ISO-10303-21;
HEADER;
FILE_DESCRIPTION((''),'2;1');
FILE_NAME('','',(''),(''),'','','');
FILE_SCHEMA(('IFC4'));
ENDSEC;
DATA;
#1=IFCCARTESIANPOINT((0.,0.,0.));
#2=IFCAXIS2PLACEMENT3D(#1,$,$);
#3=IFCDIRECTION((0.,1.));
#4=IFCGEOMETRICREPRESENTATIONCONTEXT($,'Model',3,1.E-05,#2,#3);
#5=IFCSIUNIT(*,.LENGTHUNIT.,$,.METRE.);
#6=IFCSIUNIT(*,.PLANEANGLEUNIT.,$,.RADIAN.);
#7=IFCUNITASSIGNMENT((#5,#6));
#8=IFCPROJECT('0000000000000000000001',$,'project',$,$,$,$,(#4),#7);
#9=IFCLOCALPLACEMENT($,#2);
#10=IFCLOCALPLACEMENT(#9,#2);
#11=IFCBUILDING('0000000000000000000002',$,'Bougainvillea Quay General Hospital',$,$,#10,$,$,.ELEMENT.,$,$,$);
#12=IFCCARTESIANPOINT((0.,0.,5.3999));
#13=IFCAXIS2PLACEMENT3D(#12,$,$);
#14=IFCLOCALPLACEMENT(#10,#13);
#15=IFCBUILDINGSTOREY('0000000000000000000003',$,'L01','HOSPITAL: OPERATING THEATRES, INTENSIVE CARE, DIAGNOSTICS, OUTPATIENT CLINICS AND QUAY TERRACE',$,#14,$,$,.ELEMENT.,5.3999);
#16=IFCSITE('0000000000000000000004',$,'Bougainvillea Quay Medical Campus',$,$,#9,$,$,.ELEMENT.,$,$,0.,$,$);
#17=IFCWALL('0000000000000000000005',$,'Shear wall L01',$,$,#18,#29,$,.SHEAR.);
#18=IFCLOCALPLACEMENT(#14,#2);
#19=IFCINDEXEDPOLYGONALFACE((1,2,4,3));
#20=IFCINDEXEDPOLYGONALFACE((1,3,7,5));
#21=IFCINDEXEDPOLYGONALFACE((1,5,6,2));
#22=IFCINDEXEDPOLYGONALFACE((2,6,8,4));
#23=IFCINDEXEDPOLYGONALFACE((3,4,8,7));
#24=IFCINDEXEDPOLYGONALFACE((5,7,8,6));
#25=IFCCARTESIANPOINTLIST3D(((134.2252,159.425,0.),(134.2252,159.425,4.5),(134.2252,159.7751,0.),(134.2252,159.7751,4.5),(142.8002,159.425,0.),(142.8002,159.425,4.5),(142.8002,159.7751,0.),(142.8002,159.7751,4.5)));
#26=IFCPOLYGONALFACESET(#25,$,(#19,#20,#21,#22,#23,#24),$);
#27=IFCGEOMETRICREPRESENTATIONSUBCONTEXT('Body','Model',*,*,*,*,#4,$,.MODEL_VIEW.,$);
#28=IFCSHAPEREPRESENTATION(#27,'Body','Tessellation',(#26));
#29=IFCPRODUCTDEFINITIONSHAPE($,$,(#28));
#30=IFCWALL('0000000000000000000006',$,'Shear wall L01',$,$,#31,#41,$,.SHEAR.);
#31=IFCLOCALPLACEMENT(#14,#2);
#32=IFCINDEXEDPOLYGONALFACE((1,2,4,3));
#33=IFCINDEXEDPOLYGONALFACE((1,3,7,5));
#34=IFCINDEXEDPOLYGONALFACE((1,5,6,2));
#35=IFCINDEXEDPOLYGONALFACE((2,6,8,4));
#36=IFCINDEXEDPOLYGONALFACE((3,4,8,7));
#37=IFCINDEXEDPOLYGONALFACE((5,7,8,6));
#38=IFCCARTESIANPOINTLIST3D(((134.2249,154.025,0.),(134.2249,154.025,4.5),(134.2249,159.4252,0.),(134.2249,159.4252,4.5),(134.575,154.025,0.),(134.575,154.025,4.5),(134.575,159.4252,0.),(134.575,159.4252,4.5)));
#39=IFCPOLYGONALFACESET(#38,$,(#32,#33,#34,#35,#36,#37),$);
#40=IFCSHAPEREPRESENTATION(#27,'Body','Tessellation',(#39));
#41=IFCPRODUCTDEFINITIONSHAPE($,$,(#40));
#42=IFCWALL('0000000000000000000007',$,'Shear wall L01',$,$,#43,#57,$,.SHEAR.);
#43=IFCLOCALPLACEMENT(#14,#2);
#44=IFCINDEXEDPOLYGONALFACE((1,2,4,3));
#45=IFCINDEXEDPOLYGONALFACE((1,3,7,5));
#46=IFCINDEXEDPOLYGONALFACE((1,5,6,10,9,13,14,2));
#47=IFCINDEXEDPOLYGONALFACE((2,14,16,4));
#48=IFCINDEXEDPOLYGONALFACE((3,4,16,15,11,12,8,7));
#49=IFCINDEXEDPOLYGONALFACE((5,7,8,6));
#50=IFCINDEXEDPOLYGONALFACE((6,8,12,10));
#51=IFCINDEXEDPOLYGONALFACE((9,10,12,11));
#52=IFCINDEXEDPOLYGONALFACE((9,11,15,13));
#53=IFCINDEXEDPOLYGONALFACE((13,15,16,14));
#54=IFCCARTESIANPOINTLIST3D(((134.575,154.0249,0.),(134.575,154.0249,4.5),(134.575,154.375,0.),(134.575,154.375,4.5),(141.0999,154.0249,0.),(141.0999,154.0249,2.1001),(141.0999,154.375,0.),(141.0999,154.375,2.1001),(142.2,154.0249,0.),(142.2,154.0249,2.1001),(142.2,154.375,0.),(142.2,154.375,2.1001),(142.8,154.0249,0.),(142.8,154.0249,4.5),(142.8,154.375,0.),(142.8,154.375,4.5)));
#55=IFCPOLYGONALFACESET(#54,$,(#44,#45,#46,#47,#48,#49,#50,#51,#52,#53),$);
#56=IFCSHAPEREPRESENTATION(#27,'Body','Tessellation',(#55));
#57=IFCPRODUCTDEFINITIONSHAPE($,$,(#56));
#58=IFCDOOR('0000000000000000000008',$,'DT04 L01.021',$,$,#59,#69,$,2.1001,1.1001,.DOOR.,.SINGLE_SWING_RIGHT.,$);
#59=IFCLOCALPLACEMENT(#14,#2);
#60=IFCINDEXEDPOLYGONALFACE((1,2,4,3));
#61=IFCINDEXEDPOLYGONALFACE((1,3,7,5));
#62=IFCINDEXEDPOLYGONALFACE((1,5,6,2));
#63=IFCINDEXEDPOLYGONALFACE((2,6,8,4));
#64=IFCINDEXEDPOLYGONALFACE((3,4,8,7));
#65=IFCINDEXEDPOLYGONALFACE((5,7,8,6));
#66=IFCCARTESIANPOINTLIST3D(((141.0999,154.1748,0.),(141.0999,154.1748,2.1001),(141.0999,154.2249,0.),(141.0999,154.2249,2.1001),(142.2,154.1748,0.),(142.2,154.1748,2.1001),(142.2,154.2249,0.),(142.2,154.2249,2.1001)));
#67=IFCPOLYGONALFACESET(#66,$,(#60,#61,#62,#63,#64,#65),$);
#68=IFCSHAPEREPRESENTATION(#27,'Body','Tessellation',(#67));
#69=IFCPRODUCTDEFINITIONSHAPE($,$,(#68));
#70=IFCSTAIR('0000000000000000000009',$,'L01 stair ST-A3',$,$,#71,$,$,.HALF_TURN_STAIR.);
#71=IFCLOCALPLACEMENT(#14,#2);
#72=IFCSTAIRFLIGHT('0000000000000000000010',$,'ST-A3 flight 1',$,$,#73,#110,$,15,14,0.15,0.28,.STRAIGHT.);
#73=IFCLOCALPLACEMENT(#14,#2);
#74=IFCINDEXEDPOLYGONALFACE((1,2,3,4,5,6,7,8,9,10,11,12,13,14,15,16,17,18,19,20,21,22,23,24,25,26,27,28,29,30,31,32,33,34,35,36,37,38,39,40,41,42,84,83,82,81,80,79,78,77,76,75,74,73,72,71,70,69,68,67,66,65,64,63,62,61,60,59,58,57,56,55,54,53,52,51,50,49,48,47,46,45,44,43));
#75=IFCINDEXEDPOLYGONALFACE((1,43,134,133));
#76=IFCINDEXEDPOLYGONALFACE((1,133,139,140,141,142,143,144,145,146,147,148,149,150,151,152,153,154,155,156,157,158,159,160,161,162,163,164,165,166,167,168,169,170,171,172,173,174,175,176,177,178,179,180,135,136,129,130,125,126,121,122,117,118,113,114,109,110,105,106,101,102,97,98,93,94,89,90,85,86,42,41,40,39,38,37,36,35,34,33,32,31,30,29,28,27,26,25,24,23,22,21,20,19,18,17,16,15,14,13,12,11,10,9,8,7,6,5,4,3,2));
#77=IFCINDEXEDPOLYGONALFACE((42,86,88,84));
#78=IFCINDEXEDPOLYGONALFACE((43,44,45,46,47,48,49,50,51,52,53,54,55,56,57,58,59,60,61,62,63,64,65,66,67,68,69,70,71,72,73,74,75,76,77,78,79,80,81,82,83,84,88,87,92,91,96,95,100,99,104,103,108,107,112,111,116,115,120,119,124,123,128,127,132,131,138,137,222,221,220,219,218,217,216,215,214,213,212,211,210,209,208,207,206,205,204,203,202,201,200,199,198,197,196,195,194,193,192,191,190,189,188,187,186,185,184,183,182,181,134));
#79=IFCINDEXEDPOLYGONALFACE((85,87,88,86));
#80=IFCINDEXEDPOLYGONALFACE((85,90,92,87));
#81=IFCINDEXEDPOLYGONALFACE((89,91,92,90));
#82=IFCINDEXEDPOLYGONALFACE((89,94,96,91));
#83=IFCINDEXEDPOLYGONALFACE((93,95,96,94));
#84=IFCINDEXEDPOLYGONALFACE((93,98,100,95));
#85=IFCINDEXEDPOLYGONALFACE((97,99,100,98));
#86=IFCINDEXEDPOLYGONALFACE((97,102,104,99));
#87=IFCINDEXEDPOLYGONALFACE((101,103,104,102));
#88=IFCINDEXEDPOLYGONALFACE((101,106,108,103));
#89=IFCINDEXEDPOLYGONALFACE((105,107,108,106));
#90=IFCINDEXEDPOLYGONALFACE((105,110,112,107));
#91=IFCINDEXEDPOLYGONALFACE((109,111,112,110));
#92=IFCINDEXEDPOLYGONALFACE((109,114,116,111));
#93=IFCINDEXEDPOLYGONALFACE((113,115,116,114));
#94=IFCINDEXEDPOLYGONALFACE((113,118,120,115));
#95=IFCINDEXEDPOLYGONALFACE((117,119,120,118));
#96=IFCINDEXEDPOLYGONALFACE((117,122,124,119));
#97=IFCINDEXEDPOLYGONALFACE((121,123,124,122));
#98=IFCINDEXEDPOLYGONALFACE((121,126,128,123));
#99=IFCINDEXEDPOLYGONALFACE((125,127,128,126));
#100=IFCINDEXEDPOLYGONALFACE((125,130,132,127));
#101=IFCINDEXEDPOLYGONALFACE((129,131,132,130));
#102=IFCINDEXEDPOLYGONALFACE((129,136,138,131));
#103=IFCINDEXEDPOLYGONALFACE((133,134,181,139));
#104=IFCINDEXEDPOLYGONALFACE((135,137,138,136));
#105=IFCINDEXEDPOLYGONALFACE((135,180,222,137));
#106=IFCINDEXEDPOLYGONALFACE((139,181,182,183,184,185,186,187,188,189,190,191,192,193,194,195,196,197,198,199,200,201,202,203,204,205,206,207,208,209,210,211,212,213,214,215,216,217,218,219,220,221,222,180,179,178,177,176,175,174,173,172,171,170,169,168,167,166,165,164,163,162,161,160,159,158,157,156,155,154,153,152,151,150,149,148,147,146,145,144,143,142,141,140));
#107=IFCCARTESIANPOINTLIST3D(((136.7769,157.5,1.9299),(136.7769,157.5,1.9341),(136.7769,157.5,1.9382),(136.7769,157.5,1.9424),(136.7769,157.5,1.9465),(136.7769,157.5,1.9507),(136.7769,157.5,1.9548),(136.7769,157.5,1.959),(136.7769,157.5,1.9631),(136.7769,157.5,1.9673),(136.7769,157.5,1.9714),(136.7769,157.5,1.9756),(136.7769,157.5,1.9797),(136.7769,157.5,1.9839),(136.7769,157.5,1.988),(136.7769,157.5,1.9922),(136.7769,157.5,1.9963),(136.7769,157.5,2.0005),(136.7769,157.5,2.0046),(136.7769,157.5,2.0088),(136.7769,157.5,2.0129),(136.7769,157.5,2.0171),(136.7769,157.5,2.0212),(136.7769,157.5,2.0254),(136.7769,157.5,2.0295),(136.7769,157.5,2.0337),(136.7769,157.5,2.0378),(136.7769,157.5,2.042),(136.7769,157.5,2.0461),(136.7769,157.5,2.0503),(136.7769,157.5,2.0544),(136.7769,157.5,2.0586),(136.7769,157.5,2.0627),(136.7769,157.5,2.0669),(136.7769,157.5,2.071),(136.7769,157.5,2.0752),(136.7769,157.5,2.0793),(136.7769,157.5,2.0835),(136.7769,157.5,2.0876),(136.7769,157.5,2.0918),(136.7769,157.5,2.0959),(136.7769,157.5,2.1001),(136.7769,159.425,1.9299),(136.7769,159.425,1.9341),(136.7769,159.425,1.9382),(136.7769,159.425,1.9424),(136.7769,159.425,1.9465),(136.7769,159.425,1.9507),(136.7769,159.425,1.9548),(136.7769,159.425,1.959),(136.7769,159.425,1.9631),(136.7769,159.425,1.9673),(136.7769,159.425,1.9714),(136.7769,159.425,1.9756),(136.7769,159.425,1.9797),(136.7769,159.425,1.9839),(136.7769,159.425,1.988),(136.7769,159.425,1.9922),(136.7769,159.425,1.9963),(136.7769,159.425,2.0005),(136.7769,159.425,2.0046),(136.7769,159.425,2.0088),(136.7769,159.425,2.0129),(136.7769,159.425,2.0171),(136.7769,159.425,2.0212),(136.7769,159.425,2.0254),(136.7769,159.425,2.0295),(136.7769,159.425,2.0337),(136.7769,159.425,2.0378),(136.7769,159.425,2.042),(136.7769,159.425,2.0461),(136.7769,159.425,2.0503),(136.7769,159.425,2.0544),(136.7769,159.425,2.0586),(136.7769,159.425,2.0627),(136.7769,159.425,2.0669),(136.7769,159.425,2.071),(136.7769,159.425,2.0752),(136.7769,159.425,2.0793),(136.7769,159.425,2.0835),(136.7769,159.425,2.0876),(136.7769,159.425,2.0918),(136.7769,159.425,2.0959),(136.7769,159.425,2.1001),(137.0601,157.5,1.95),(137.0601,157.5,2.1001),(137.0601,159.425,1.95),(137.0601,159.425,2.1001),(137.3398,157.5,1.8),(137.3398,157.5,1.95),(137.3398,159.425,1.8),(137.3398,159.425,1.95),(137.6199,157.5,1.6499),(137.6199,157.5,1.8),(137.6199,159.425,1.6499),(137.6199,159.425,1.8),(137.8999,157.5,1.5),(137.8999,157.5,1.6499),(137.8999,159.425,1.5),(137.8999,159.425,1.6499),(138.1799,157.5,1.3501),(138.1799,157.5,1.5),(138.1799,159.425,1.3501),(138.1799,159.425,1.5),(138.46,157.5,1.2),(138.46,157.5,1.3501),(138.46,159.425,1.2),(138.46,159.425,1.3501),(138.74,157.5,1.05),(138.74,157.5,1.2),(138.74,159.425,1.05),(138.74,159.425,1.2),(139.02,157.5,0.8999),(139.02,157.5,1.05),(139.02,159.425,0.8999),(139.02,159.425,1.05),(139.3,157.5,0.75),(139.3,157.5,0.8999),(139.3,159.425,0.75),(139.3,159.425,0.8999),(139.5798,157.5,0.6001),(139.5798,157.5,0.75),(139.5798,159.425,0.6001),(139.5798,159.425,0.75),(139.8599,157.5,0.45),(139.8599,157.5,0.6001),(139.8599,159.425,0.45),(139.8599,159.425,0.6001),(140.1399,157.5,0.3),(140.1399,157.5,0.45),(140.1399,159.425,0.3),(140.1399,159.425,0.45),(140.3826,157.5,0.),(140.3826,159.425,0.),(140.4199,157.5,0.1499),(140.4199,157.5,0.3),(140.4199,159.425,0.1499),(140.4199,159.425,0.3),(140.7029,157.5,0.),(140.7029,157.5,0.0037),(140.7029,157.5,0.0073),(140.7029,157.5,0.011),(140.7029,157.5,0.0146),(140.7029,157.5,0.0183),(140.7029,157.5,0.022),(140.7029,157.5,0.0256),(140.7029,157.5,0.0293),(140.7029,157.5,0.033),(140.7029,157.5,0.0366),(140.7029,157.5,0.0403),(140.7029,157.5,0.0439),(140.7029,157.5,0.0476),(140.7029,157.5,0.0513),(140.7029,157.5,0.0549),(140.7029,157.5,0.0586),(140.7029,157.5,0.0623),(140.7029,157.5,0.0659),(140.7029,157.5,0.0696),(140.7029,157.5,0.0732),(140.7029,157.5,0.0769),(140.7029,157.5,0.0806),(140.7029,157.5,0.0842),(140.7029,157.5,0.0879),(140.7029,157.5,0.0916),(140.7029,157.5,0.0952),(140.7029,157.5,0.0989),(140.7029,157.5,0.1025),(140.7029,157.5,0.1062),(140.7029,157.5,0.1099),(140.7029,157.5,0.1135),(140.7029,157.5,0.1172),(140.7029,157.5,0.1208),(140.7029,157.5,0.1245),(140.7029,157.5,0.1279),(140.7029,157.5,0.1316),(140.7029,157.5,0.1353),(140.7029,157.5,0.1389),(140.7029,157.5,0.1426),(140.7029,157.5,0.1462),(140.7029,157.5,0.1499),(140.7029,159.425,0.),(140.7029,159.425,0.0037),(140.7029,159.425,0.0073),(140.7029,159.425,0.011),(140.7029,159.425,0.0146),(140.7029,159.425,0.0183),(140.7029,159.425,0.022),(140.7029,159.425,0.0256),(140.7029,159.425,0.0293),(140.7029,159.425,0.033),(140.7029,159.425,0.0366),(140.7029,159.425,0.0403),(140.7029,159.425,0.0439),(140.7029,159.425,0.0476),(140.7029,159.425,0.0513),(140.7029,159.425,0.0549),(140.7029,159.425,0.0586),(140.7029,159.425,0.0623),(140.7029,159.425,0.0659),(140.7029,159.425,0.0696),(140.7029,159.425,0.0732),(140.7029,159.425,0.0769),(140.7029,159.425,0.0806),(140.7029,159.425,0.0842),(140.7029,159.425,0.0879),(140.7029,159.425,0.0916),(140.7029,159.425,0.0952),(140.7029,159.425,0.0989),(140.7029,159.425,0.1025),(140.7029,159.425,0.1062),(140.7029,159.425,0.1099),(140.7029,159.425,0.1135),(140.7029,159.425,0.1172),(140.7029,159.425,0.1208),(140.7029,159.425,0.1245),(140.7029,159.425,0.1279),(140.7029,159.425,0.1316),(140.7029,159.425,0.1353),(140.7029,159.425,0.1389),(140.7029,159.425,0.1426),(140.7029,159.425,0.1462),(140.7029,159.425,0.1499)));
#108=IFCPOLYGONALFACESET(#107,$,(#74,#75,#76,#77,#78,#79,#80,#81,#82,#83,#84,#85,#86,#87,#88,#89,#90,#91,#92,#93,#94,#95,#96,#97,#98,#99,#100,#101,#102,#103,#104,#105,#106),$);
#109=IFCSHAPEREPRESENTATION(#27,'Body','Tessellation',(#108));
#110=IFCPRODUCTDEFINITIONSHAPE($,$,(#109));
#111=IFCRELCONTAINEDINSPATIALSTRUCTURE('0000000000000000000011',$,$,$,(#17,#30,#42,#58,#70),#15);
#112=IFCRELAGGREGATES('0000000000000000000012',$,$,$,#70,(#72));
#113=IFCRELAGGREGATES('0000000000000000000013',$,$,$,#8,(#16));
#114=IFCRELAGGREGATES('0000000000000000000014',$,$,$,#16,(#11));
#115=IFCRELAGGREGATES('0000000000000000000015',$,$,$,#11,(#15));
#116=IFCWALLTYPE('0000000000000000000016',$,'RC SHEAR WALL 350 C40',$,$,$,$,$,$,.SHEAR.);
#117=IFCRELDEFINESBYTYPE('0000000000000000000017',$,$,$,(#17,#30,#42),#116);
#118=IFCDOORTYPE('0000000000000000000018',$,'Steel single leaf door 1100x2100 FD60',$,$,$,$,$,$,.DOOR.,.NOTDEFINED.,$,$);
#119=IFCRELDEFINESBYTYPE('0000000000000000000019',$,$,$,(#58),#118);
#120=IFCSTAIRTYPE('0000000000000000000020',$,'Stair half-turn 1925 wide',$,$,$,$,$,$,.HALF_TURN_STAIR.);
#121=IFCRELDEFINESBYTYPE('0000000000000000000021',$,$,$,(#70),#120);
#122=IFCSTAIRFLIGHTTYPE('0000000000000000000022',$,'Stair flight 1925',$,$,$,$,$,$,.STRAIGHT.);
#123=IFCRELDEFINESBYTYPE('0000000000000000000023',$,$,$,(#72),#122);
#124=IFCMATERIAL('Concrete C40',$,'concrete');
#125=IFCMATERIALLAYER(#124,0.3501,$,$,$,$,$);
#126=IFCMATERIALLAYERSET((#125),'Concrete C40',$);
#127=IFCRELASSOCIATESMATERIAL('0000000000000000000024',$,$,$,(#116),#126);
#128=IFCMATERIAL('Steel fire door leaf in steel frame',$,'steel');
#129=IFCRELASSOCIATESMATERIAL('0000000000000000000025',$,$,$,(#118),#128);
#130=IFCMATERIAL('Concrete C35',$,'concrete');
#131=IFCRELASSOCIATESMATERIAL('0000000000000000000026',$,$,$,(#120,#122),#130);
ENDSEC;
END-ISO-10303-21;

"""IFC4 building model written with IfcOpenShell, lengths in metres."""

from ifc_helpers import new_model, si_unit, direction, frame, frame_2d, origin, place, context, subcontext, project, spatial, polyline, rectangle, outline, extrude, material, layer, layer_set, type_object, element, fill, aggregate, save


model = new_model("IFC4")

# Units and contexts
model_context = context("Model", 3, precision=1e-05, world=origin(), true_north=direction((0.0, 1.0)))
body_context = subcontext(model_context, "Body", "Model", "MODEL_VIEW")
ifc_project = project(units=[si_unit("LENGTHUNIT", "METRE"), si_unit("PLANEANGLEUNIT", "RADIAN")], contexts=[model_context])

# Site, building, storey
site_placement = place(None, origin())
site = spatial("IfcSite", under=ifc_project, at=site_placement, Name="Bougainvillea Quay Medical Campus", CompositionType="ELEMENT", RefElevation=0.0)
building_placement = place(site_placement, origin())
building = spatial("IfcBuilding", under=site, at=building_placement, Name="Bougainvillea Quay General Hospital", CompositionType="ELEMENT")
storey_placement = place(building_placement, frame((0.0, 0.0, 5.3999)))
storey = spatial("IfcBuildingStorey", under=building, at=storey_placement, Name="L01", Description="HOSPITAL: OPERATING THEATRES, INTENSIVE CARE, DIAGNOSTICS, OUTPATIENT CLINICS AND QUAY TERRACE", CompositionType="ELEMENT", Elevation=5.3999)

# Shared definitions
ifc_material_1 = material(Name="Concrete C40", Category="concrete")

# Walls
ifc_layer_1 = layer(ifc_material_1, 0.3501)
ifc_layer_set_1 = layer_set([ifc_layer_1], Name="Concrete C40")
wall_type_1 = type_object("IfcWallType", Name="RC SHEAR WALL 350 C40", PredefinedType="SHEAR", material=ifc_layer_set_1)
wall_1_placement = place(storey_placement, frame((134.2251, 159.6001, 0.0), z_axis=(0.0, 0.0, 1.0), x_axis=(1.0, 0.0, 0.0)))
element("IfcWall", 1, at=wall_1_placement, inside=storey, type_object=wall_type_1, Name="Shear wall L01", PredefinedType="SHEAR", context=body_context, shape_type="SweptSolid", body=[
    extrude(rectangle(XDim=8.575, YDim=0.3501, at=frame_2d((4.2876, 0.0))), origin(), (0.0, 0.0, 1.0), 4.5),
])
wall_2_placement = place(storey_placement, frame((134.3999, 154.0249, 0.0), z_axis=(0.0, 0.0, 1.0), x_axis=(0.0, 1.0, 0.0)))
element("IfcWall", 2, at=wall_2_placement, inside=storey, type_object=wall_type_1, Name="Shear wall L01", PredefinedType="SHEAR", context=body_context, shape_type="SweptSolid", body=[
    extrude(rectangle(XDim=5.4001, YDim=0.3501, at=frame_2d((2.7002, 0.0))), origin(), (0.0, 0.0, 1.0), 4.5),
])

# Wall, opening, door
wall_3_placement = place(storey_placement, frame((134.575, 154.2, 0.0), z_axis=(0.0, 0.0, 1.0), x_axis=(1.0, 0.0, 0.0)))
wall_3 = element("IfcWall", 3, at=wall_3_placement, inside=storey, type_object=wall_type_1, Name="Shear wall L01", PredefinedType="SHEAR", context=body_context, shape_type="SweptSolid", body=[
    extrude(rectangle(XDim=8.2251, YDim=0.3501, at=frame_2d((4.1125, 0.0))), origin(), (0.0, 0.0, 1.0), 4.5),
])
opening_1_placement = place(wall_3_placement, frame((6.5249, 0.0, 0.0)))
opening_1 = element("IfcOpeningElement", 4, at=opening_1_placement, cuts=wall_3, PredefinedType="OPENING", context=body_context, shape_type="SweptSolid", body=[
    extrude(rectangle(XDim=1.1001, YDim=2.1001, at=frame_2d((0.55, 1.05))), frame((0.0, 0.1851, 0.0), z_axis=(0.0, -1.0, 0.0), x_axis=(1.0, 0.0, 0.0)), (0.0, 0.0, 1.0), 0.3701),
])
ifc_material_2 = material(Name="Steel fire door leaf in steel frame", Category="steel")
door_type = type_object("IfcDoorType", Name="Steel single leaf door 1100x2100 FD60", OperationType="NOTDEFINED", PredefinedType="DOOR", material=ifc_material_2)
door_placement = place(opening_1_placement, origin())
door = element("IfcDoor", 5, at=door_placement, inside=storey, type_object=door_type, Name="DT04 L01.021", OperationType="SINGLE_SWING_RIGHT", OverallHeight=2.1001, OverallWidth=1.1001, PredefinedType="DOOR", context=body_context, shape_type="SweptSolid", body=[
    extrude(rectangle(XDim=1.1001, YDim=2.1001, at=frame_2d((0.55, 1.05))), frame((0.0, 0.0249, 0.0), z_axis=(0.0, -1.0, 0.0), x_axis=(1.0, 0.0, 0.0)), (0.0, 0.0, 1.0), 0.05),
])
fill(opening_1, door)

# Stair, stair flight
ifc_material_3 = material(Name="Concrete C35", Category="concrete")
stair_type = type_object("IfcStairType", Name="Stair half-turn 1925 wide", PredefinedType="HALF_TURN_STAIR", material=ifc_material_3)
stair_placement = place(storey_placement, origin())
stair = element("IfcStair", 6, at=stair_placement, inside=storey, type_object=stair_type, Name="L01 stair ST-A3", PredefinedType="HALF_TURN_STAIR")
stair_flight_type = type_object("IfcStairFlightType", Name="Stair flight 1925", PredefinedType="STRAIGHT", material=ifc_material_3)
stair_flight_1_placement = place(storey_placement, frame((140.7, 158.4624, 0.0), z_axis=(0.0, 0.0, 1.0), x_axis=(-1.0, 0.0, 0.0)))
stair_flight_1 = element("IfcStairFlight", 7, at=stair_flight_1_placement, type_object=stair_flight_type, Name="ST-A3 flight 1", NumberOfRisers=15, NumberOfTreads=14, PredefinedType="STRAIGHT", RiserHeight=0.15, TreadLength=0.28, context=body_context, shape_type="SweptSolid", body=[
    extrude(outline(polyline([(-0.0029, 0.0), (-0.0029, 0.0037), (-0.0029, 0.0073), (-0.0029, 0.011), (-0.0029, 0.0146), (-0.0029, 0.0183), (-0.0029, 0.022), (-0.0029, 0.0256), (-0.0029, 0.0293), (-0.0029, 0.033), (-0.0029, 0.0366), (-0.0029, 0.0403), (-0.0029, 0.0439), (-0.0029, 0.0476), (-0.0029, 0.0513), (-0.0029, 0.0549), (-0.0029, 0.0586), (-0.0029, 0.0623), (-0.0029, 0.0659), (-0.0029, 0.0696), (-0.0029, 0.0732), (-0.0029, 0.0769), (-0.0029, 0.0806), (-0.0029, 0.0842), (-0.0029, 0.0879), (-0.0029, 0.0916), (-0.0029, 0.0952), (-0.0029, 0.0989), (-0.0029, 0.1025), (-0.0029, 0.1062), (-0.0029, 0.1099), (-0.0029, 0.1135), (-0.0029, 0.1172), (-0.0029, 0.1208), (-0.0029, 0.1245), (-0.0029, 0.1279), (-0.0029, 0.1316), (-0.0029, 0.1353), (-0.0029, 0.1389), (-0.0029, 0.1426), (-0.0029, 0.1462), (-0.0029, 0.1499), (0.28, 0.1499), (0.28, 0.3), (0.5601, 0.3), (0.5601, 0.45), (0.8401, 0.45), (0.8401, 0.6001), (1.1201, 0.6001), (1.1201, 0.75), (1.3999, 0.75), (1.3999, 0.8999), (1.6799, 0.8999), (1.6799, 1.05), (1.96, 1.05), (1.96, 1.2), (2.24, 1.2), (2.24, 1.3501), (2.52, 1.3501), (2.52, 1.5), (2.8, 1.5), (2.8, 1.6499), (3.0801, 1.6499), (3.0801, 1.8), (3.3601, 1.8), (3.3601, 1.95), (3.6399, 1.95), (3.6399, 2.1001), (3.9231, 2.1001), (3.9231, 2.0959), (3.9231, 2.0918), (3.9231, 2.0876), (3.9231, 2.0835), (3.9231, 2.0793), (3.9231, 2.0752), (3.9231, 2.071), (3.9231, 2.0669), (3.9231, 2.0627), (3.9231, 2.0586), (3.9231, 2.0544), (3.9231, 2.0503), (3.9231, 2.0461), (3.9231, 2.042), (3.9231, 2.0378), (3.9231, 2.0337), (3.9231, 2.0295), (3.9231, 2.0254), (3.9231, 2.0212), (3.9231, 2.0171), (3.9231, 2.0129), (3.9231, 2.0088), (3.9231, 2.0046), (3.9231, 2.0005), (3.9231, 1.9963), (3.9231, 1.9922), (3.9231, 1.988), (3.9231, 1.9839), (3.9231, 1.9797), (3.9231, 1.9756), (3.9231, 1.9714), (3.9231, 1.9673), (3.9231, 1.9631), (3.9231, 1.959), (3.9231, 1.9548), (3.9231, 1.9507), (3.9231, 1.9465), (3.9231, 1.9424), (3.9231, 1.9382), (3.9231, 1.9341), (3.9231, 1.9299), (0.3174, 0.0), (-0.0029, 0.0)])), frame((0.0, 0.9624, 0.0), z_axis=(0.0, -1.0, 0.0), x_axis=(1.0, 0.0, 0.0)), (0.0, 0.0, 1.0), 1.925),
])
aggregate(stair, [stair_flight_1])

save(model, "model.ifc")
